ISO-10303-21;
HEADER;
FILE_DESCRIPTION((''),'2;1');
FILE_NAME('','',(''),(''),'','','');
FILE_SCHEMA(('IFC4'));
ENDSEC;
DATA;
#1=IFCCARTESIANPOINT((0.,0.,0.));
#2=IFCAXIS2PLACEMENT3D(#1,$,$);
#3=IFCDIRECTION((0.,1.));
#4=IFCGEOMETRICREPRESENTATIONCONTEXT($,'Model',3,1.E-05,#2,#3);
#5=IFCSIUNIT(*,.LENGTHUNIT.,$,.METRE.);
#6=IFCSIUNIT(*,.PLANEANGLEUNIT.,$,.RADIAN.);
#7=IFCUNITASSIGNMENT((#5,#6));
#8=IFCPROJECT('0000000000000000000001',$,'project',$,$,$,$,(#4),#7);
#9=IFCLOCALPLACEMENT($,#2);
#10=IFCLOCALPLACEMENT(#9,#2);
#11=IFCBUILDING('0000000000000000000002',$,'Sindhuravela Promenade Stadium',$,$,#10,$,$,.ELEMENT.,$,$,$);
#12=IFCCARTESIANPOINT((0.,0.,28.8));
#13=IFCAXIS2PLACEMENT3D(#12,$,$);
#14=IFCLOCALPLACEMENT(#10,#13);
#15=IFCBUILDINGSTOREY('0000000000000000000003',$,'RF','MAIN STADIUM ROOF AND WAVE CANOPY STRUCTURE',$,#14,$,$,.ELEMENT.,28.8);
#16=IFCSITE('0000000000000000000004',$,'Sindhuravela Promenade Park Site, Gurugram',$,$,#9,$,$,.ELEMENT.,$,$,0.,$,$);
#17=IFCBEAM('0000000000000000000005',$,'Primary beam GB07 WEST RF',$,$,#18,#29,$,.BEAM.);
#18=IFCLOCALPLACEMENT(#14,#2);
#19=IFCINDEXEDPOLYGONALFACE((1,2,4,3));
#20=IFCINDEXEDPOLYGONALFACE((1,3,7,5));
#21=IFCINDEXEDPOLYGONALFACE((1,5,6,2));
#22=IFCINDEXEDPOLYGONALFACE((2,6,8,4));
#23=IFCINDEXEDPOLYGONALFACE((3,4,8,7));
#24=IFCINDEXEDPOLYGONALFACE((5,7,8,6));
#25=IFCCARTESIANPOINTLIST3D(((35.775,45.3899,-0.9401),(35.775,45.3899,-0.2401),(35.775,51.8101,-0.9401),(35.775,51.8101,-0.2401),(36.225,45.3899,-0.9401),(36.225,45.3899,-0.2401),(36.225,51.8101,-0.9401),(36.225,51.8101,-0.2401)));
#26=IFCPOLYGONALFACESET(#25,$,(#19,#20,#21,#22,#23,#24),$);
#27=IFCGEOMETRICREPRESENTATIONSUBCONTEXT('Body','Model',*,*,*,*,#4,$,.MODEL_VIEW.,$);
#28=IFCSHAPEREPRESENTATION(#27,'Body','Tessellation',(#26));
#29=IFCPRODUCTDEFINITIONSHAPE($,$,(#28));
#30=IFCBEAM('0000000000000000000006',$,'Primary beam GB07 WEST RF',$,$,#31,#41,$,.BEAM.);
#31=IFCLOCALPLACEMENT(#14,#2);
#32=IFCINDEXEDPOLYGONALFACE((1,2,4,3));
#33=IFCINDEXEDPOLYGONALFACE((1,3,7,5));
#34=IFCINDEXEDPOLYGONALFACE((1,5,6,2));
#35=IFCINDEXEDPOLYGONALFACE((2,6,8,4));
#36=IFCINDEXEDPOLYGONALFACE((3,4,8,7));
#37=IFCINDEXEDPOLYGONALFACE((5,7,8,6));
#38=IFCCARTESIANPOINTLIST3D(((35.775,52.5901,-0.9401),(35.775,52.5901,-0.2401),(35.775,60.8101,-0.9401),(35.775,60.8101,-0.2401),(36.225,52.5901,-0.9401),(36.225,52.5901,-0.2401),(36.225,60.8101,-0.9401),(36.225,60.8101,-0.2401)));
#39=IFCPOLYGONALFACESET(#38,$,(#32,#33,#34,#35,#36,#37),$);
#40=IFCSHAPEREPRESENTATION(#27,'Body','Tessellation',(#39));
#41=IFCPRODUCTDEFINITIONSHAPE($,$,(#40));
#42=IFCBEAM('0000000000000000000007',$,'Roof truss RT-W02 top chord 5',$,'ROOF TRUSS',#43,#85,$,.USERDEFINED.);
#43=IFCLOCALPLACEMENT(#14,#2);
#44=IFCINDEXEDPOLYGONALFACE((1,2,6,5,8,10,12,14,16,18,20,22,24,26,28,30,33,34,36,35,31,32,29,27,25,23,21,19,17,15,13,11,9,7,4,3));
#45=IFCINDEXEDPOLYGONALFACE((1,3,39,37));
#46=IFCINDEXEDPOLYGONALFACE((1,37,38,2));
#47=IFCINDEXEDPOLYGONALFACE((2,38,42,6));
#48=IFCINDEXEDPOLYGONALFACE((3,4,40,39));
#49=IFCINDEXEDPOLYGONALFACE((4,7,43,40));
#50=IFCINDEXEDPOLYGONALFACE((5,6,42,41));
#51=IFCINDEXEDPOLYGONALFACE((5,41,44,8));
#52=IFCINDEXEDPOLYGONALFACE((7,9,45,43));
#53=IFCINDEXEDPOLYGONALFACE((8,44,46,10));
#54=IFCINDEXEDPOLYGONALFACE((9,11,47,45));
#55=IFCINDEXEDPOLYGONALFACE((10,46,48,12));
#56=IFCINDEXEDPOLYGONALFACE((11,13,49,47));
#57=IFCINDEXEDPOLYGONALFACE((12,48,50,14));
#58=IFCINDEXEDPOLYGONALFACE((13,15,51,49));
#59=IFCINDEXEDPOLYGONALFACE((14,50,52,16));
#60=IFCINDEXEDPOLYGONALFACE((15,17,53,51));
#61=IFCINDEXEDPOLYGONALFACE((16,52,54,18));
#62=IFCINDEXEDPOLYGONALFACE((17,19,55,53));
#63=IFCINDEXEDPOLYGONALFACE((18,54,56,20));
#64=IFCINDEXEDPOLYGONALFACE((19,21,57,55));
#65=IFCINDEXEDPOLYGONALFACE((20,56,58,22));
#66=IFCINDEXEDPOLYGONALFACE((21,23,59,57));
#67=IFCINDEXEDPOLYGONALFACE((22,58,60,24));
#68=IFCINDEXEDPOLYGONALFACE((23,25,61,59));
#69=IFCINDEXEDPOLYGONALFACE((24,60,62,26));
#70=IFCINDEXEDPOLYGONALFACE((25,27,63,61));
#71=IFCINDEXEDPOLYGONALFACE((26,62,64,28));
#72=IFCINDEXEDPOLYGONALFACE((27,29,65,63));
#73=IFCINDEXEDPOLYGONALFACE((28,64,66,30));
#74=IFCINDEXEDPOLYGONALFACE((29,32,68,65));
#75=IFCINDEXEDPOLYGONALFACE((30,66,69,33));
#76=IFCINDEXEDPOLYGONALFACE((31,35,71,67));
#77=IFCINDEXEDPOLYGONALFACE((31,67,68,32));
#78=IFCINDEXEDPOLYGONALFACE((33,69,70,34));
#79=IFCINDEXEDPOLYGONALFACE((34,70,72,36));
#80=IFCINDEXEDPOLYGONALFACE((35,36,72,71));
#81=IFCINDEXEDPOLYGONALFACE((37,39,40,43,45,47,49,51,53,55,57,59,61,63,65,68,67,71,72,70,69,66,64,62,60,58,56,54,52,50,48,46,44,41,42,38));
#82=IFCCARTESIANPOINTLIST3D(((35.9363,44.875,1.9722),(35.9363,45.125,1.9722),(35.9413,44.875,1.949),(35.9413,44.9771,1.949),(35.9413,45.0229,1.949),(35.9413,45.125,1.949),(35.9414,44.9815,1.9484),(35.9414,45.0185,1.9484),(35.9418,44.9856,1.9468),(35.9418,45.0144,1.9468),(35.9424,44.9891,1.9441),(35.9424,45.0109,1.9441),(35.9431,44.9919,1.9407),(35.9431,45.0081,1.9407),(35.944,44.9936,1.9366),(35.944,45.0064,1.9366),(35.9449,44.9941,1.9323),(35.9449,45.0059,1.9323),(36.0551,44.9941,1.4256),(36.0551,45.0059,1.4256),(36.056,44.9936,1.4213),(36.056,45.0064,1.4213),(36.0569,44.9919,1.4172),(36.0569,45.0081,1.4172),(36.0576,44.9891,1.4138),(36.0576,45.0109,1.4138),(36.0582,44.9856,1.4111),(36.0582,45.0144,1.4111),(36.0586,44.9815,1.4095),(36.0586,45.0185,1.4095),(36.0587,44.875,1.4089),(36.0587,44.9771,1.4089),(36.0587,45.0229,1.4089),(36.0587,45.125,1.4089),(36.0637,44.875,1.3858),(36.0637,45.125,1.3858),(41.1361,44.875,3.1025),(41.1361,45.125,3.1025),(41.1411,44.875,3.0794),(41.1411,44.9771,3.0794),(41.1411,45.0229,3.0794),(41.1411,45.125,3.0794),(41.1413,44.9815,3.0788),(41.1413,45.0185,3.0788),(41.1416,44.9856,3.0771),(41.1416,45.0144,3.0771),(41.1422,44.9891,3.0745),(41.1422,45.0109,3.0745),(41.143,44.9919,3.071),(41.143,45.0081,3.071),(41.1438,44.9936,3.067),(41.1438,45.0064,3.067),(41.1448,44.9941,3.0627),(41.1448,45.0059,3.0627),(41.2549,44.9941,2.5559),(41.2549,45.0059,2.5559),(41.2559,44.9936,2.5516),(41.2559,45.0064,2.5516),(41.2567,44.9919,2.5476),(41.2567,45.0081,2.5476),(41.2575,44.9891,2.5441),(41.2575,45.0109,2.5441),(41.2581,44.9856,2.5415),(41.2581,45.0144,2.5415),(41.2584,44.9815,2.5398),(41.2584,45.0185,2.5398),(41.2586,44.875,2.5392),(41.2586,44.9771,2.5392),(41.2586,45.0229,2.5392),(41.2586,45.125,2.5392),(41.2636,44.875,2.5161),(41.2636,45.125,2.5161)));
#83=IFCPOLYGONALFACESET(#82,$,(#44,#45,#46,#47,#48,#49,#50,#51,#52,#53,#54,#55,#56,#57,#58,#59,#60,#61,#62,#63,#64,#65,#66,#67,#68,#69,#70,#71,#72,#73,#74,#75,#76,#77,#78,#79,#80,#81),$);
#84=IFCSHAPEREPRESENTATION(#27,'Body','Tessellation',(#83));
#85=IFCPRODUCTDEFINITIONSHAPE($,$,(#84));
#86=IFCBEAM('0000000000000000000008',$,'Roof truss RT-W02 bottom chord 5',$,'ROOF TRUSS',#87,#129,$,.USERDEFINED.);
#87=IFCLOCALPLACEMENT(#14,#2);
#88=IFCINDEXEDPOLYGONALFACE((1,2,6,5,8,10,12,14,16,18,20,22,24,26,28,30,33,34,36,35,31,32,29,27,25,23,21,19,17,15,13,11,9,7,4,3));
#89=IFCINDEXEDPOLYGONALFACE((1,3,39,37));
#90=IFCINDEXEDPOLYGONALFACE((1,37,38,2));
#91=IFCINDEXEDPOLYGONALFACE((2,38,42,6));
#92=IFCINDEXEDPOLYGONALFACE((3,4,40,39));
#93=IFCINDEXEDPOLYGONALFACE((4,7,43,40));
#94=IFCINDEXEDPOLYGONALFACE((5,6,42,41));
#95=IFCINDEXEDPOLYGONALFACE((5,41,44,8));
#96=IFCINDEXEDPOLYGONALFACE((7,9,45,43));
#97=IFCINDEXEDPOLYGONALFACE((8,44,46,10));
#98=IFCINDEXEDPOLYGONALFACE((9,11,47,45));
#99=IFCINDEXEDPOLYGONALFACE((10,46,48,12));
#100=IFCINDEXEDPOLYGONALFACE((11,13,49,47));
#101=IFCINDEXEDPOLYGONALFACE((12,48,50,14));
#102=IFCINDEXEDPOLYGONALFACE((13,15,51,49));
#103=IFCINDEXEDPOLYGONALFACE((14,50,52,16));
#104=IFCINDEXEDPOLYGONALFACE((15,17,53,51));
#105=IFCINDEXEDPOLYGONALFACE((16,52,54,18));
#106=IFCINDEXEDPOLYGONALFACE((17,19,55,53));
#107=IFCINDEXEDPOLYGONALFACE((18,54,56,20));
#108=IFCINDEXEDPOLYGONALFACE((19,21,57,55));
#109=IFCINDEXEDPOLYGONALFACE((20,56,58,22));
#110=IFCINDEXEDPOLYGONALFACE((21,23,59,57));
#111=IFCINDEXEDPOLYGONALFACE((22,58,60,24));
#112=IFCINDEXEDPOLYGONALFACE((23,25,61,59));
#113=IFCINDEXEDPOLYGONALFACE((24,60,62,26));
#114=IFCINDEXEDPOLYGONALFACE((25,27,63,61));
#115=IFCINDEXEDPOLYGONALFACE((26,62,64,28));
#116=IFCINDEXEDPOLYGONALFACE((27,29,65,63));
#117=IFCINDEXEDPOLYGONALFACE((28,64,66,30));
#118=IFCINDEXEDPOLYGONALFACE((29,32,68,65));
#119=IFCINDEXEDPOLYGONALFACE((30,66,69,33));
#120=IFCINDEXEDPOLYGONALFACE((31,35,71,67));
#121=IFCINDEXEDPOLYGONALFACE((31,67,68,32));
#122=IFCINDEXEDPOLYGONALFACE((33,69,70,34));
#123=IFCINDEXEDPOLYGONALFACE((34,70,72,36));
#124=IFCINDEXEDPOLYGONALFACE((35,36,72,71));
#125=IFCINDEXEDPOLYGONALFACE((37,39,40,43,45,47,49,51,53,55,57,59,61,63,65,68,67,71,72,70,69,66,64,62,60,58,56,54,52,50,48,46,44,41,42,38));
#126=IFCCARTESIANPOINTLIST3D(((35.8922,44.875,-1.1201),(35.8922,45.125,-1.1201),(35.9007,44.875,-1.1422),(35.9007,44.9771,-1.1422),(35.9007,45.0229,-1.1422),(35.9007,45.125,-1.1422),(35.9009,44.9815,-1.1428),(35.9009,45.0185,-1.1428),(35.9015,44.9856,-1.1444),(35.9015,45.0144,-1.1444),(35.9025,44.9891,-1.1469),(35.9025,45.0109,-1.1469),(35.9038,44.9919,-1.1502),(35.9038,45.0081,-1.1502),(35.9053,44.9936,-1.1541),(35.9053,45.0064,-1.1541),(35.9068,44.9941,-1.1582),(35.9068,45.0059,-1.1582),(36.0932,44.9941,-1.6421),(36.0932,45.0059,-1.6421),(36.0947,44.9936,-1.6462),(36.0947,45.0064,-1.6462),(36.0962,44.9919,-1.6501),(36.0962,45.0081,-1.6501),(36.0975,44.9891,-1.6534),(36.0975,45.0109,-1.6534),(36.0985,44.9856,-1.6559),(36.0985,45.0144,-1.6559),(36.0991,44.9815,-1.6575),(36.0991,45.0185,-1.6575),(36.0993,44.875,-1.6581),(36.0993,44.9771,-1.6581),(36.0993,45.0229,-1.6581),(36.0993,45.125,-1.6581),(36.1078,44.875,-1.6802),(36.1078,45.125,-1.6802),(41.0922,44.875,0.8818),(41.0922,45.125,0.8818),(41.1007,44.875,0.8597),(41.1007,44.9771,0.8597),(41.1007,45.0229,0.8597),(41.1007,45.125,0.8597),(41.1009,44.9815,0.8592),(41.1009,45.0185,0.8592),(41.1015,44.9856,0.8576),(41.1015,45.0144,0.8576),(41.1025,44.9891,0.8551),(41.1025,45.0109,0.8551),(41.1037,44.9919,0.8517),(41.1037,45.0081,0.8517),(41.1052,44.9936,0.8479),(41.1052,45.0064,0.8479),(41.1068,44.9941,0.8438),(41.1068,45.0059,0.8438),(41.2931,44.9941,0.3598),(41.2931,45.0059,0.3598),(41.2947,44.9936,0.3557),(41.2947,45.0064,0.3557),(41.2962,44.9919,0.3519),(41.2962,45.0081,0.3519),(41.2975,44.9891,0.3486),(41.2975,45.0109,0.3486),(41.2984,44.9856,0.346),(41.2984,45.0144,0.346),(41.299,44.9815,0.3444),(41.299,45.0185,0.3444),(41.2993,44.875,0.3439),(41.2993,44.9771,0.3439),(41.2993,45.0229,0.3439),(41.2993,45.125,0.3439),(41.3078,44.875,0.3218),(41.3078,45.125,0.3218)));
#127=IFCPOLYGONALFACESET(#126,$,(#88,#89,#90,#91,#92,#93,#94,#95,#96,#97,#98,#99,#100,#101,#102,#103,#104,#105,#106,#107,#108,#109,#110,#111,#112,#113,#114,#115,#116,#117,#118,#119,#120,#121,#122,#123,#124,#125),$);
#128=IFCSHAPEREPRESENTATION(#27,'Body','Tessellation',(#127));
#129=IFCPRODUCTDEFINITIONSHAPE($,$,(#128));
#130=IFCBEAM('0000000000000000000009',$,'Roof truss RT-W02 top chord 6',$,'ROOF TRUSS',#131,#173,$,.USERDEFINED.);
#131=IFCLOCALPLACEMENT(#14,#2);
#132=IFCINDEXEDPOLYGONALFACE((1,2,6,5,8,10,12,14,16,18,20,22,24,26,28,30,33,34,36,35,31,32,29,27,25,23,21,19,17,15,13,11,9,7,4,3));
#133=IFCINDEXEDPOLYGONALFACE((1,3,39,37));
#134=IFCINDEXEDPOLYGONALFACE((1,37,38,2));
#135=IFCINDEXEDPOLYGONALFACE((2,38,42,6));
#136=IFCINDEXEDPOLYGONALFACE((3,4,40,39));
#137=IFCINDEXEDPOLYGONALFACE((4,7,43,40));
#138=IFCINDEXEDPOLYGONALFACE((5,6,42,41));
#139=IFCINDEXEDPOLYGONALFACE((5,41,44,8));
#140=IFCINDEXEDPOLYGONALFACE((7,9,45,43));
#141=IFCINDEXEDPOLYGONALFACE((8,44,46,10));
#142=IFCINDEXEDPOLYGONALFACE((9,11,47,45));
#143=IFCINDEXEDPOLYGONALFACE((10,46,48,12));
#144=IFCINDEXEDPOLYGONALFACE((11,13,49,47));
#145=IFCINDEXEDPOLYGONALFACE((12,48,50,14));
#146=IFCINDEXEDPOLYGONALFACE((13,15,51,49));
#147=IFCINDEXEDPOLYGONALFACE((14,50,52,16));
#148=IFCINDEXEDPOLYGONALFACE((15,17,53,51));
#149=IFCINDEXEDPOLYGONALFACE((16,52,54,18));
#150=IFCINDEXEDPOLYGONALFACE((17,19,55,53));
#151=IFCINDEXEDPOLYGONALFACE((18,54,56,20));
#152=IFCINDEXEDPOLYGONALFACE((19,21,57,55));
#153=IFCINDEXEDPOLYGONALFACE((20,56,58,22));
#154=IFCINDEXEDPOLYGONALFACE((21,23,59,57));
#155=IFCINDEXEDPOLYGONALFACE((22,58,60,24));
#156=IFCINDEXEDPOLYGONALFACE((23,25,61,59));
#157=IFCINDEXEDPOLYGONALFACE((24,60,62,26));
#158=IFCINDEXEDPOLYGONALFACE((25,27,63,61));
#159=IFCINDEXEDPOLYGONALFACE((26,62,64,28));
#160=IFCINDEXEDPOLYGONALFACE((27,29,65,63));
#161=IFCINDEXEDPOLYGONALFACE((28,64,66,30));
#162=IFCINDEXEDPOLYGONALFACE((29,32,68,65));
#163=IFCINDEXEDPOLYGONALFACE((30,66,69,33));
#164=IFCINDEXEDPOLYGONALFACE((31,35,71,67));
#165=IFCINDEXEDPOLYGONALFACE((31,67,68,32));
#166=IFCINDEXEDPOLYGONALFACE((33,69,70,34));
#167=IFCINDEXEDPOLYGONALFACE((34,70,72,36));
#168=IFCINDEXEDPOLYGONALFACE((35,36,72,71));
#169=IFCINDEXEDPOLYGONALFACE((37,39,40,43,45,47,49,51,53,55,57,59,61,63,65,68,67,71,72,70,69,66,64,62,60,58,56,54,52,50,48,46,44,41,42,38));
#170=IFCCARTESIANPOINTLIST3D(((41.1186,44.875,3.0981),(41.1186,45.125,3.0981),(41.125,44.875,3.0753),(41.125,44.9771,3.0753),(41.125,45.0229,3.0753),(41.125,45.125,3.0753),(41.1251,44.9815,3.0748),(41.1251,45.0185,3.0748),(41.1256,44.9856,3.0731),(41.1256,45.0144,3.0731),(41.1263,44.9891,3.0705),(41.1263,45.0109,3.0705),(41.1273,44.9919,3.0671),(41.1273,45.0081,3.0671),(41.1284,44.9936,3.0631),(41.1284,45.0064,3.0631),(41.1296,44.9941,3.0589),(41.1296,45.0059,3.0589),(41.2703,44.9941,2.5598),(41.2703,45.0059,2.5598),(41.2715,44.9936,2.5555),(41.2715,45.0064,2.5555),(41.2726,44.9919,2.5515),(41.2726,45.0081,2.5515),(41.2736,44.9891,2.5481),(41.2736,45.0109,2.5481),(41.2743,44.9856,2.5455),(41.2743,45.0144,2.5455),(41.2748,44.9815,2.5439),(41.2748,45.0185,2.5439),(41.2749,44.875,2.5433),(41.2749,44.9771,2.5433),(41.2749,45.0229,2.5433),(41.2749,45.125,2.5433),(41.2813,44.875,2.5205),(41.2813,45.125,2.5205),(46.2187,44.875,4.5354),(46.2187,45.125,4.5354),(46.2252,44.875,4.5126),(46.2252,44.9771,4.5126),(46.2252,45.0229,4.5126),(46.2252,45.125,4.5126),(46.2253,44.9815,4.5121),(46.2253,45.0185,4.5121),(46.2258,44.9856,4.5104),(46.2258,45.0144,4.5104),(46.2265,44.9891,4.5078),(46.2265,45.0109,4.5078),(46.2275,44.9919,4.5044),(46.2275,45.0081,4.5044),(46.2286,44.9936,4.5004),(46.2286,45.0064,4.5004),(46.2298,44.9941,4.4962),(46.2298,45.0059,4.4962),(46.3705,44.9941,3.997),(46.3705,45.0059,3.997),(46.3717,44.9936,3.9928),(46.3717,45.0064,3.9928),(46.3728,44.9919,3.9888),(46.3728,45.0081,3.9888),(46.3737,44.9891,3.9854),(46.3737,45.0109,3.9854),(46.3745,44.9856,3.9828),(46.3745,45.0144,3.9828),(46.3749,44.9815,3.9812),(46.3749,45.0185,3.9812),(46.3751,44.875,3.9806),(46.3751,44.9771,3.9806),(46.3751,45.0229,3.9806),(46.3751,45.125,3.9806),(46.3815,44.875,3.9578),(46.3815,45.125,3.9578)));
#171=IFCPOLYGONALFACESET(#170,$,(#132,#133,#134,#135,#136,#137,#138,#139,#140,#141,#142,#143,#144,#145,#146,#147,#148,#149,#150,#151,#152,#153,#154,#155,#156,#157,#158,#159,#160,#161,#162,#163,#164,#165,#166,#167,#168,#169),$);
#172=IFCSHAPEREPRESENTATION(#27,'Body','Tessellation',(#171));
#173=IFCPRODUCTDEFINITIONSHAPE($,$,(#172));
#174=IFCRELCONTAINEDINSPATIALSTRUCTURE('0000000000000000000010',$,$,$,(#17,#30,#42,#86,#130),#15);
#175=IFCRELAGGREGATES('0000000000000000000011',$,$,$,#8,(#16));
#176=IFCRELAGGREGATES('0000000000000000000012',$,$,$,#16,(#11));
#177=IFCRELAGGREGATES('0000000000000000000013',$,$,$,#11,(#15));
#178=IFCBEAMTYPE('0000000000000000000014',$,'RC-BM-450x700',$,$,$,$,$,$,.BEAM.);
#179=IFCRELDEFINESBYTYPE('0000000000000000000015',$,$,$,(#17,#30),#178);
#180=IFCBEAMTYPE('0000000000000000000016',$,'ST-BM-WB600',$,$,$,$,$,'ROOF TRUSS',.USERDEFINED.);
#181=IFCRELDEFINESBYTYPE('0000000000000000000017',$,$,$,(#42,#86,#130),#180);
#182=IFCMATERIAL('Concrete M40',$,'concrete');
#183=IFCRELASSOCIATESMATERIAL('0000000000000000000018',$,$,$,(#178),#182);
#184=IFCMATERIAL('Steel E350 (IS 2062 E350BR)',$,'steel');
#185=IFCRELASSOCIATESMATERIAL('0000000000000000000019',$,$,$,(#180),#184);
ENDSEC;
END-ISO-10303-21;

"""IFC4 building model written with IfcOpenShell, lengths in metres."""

from ifc_helpers import new_model, si_unit, direction, frame, origin, origin_2d, place, context, subcontext, project, spatial, rectangle, i_section, extrude, material, material_profile, profile_set, type_object, element, save


model = new_model("IFC4")

# Units and contexts
model_context = context("Model", 3, precision=1e-05, world=origin(), true_north=direction((0.0, 1.0)))
body_context = subcontext(model_context, "Body", "Model", "MODEL_VIEW")
ifc_project = project(units=[si_unit("LENGTHUNIT", "METRE"), si_unit("PLANEANGLEUNIT", "RADIAN")], contexts=[model_context])

# Site, building, storey
site_placement = place(None, origin())
site = spatial("IfcSite", under=ifc_project, at=site_placement, Name="Sindhuravela Promenade Park Site, Gurugram", CompositionType="ELEMENT", RefElevation=0.0)
building_placement = place(site_placement, origin())
building = spatial("IfcBuilding", under=site, at=building_placement, Name="Sindhuravela Promenade Stadium", CompositionType="ELEMENT")
storey_placement = place(building_placement, frame((0.0, 0.0, 28.8)))
storey = spatial("IfcBuildingStorey", under=building, at=storey_placement, Name="RF", Description="MAIN STADIUM ROOF AND WAVE CANOPY STRUCTURE", CompositionType="ELEMENT", Elevation=28.8)

# Beams
ifc_material_1 = material(Name="Concrete M40", Category="concrete")
ifc_material_profile_1 = material_profile(ifc_material_1, rectangle(XDim=0.45, YDim=0.7, at=origin_2d()), Name="RC 450x700")
ifc_profile_set_1 = profile_set([ifc_material_profile_1], Name="Concrete M40")
beam_type_1 = type_object("IfcBeamType", Name="RC-BM-450x700", PredefinedType="BEAM", material=ifc_profile_set_1)
beam_1_placement = place(storey_placement, frame((36.0, 45.3899, -0.5901), z_axis=(0.0, 1.0, 0.0), x_axis=(-1.0, 0.0, 0.0)))
element("IfcBeam", 1, at=beam_1_placement, inside=storey, type_object=beam_type_1, Name="Primary beam GB07 WEST RF", PredefinedType="BEAM", context=body_context, shape_type="SweptSolid", body=[
    extrude(rectangle(XDim=0.45, YDim=0.7, at=origin_2d()), origin(), (0.0, 0.0, 1.0), 6.4202),
])
beam_2_placement = place(storey_placement, frame((36.0, 52.5901, -0.5901), z_axis=(0.0, 1.0, 0.0), x_axis=(-1.0, 0.0, 0.0)))
element("IfcBeam", 2, at=beam_2_placement, inside=storey, type_object=beam_type_1, Name="Primary beam GB07 WEST RF", PredefinedType="BEAM", context=body_context, shape_type="SweptSolid", body=[
    extrude(rectangle(XDim=0.45, YDim=0.7, at=origin_2d()), origin(), (0.0, 0.0, 1.0), 8.22),
])
ifc_material_2 = material(Name="Steel E350 (IS 2062 E350BR)", Category="steel")
ifc_material_profile_2 = material_profile(ifc_material_2, i_section(OverallWidth=0.25, OverallDepth=0.6001, WebThickness=0.0117, FlangeThickness=0.0237, FilletRadius=0.0171, at=origin_2d()), Name="ISWB 600")
ifc_profile_set_2 = profile_set([ifc_material_profile_2], Name="Steel E350 (IS 2062 E350BR)")
beam_type_2 = type_object("IfcBeamType", Name="ST-BM-WB600", ElementType="ROOF TRUSS", PredefinedType="USERDEFINED", material=ifc_profile_set_2)
beam_3_placement = place(storey_placement, frame((36.0, 45.0, 1.679), z_axis=(0.977178, 0.0, 0.21242), x_axis=(0.0, 1.0, 0.0)))
element("IfcBeam", 3, at=beam_3_placement, inside=storey, type_object=beam_type_2, Name="Roof truss RT-W02 top chord 5", ObjectType="ROOF TRUSS", PredefinedType="USERDEFINED", context=body_context, shape_type="SweptSolid", body=[
    extrude(i_section(OverallWidth=0.25, OverallDepth=0.6001, WebThickness=0.0117, FlangeThickness=0.0237, FilletRadius=0.0171, at=origin_2d()), origin(), (0.0, 0.0, 1.0), 5.3213),
])
beam_4_placement = place(storey_placement, frame((36.0, 45.0, -1.4001), z_axis=(0.933227, 0.0, 0.359287), x_axis=(0.0, 1.0, 0.0)))
element("IfcBeam", 4, at=beam_4_placement, inside=storey, type_object=beam_type_2, Name="Roof truss RT-W02 bottom chord 5", ObjectType="ROOF TRUSS", PredefinedType="USERDEFINED", context=body_context, shape_type="SweptSolid", body=[
    extrude(i_section(OverallWidth=0.25, OverallDepth=0.6001, WebThickness=0.0117, FlangeThickness=0.0237, FilletRadius=0.0171, at=origin_2d()), origin(), (0.0, 0.0, 1.0), 5.572),
])
beam_5_placement = place(storey_placement, frame((41.2, 45.0, 2.8093), z_axis=(0.96251, 0.0, 0.271245), x_axis=(0.0, 1.0, 0.0)))
element("IfcBeam", 5, at=beam_5_placement, inside=storey, type_object=beam_type_2, Name="Roof truss RT-W02 top chord 6", ObjectType="ROOF TRUSS", PredefinedType="USERDEFINED", context=body_context, shape_type="SweptSolid", body=[
    extrude(i_section(OverallWidth=0.25, OverallDepth=0.6001, WebThickness=0.0117, FlangeThickness=0.0237, FilletRadius=0.0171, at=origin_2d()), origin(), (0.0, 0.0, 1.0), 5.2988),
])

save(model, "model.ifc")
